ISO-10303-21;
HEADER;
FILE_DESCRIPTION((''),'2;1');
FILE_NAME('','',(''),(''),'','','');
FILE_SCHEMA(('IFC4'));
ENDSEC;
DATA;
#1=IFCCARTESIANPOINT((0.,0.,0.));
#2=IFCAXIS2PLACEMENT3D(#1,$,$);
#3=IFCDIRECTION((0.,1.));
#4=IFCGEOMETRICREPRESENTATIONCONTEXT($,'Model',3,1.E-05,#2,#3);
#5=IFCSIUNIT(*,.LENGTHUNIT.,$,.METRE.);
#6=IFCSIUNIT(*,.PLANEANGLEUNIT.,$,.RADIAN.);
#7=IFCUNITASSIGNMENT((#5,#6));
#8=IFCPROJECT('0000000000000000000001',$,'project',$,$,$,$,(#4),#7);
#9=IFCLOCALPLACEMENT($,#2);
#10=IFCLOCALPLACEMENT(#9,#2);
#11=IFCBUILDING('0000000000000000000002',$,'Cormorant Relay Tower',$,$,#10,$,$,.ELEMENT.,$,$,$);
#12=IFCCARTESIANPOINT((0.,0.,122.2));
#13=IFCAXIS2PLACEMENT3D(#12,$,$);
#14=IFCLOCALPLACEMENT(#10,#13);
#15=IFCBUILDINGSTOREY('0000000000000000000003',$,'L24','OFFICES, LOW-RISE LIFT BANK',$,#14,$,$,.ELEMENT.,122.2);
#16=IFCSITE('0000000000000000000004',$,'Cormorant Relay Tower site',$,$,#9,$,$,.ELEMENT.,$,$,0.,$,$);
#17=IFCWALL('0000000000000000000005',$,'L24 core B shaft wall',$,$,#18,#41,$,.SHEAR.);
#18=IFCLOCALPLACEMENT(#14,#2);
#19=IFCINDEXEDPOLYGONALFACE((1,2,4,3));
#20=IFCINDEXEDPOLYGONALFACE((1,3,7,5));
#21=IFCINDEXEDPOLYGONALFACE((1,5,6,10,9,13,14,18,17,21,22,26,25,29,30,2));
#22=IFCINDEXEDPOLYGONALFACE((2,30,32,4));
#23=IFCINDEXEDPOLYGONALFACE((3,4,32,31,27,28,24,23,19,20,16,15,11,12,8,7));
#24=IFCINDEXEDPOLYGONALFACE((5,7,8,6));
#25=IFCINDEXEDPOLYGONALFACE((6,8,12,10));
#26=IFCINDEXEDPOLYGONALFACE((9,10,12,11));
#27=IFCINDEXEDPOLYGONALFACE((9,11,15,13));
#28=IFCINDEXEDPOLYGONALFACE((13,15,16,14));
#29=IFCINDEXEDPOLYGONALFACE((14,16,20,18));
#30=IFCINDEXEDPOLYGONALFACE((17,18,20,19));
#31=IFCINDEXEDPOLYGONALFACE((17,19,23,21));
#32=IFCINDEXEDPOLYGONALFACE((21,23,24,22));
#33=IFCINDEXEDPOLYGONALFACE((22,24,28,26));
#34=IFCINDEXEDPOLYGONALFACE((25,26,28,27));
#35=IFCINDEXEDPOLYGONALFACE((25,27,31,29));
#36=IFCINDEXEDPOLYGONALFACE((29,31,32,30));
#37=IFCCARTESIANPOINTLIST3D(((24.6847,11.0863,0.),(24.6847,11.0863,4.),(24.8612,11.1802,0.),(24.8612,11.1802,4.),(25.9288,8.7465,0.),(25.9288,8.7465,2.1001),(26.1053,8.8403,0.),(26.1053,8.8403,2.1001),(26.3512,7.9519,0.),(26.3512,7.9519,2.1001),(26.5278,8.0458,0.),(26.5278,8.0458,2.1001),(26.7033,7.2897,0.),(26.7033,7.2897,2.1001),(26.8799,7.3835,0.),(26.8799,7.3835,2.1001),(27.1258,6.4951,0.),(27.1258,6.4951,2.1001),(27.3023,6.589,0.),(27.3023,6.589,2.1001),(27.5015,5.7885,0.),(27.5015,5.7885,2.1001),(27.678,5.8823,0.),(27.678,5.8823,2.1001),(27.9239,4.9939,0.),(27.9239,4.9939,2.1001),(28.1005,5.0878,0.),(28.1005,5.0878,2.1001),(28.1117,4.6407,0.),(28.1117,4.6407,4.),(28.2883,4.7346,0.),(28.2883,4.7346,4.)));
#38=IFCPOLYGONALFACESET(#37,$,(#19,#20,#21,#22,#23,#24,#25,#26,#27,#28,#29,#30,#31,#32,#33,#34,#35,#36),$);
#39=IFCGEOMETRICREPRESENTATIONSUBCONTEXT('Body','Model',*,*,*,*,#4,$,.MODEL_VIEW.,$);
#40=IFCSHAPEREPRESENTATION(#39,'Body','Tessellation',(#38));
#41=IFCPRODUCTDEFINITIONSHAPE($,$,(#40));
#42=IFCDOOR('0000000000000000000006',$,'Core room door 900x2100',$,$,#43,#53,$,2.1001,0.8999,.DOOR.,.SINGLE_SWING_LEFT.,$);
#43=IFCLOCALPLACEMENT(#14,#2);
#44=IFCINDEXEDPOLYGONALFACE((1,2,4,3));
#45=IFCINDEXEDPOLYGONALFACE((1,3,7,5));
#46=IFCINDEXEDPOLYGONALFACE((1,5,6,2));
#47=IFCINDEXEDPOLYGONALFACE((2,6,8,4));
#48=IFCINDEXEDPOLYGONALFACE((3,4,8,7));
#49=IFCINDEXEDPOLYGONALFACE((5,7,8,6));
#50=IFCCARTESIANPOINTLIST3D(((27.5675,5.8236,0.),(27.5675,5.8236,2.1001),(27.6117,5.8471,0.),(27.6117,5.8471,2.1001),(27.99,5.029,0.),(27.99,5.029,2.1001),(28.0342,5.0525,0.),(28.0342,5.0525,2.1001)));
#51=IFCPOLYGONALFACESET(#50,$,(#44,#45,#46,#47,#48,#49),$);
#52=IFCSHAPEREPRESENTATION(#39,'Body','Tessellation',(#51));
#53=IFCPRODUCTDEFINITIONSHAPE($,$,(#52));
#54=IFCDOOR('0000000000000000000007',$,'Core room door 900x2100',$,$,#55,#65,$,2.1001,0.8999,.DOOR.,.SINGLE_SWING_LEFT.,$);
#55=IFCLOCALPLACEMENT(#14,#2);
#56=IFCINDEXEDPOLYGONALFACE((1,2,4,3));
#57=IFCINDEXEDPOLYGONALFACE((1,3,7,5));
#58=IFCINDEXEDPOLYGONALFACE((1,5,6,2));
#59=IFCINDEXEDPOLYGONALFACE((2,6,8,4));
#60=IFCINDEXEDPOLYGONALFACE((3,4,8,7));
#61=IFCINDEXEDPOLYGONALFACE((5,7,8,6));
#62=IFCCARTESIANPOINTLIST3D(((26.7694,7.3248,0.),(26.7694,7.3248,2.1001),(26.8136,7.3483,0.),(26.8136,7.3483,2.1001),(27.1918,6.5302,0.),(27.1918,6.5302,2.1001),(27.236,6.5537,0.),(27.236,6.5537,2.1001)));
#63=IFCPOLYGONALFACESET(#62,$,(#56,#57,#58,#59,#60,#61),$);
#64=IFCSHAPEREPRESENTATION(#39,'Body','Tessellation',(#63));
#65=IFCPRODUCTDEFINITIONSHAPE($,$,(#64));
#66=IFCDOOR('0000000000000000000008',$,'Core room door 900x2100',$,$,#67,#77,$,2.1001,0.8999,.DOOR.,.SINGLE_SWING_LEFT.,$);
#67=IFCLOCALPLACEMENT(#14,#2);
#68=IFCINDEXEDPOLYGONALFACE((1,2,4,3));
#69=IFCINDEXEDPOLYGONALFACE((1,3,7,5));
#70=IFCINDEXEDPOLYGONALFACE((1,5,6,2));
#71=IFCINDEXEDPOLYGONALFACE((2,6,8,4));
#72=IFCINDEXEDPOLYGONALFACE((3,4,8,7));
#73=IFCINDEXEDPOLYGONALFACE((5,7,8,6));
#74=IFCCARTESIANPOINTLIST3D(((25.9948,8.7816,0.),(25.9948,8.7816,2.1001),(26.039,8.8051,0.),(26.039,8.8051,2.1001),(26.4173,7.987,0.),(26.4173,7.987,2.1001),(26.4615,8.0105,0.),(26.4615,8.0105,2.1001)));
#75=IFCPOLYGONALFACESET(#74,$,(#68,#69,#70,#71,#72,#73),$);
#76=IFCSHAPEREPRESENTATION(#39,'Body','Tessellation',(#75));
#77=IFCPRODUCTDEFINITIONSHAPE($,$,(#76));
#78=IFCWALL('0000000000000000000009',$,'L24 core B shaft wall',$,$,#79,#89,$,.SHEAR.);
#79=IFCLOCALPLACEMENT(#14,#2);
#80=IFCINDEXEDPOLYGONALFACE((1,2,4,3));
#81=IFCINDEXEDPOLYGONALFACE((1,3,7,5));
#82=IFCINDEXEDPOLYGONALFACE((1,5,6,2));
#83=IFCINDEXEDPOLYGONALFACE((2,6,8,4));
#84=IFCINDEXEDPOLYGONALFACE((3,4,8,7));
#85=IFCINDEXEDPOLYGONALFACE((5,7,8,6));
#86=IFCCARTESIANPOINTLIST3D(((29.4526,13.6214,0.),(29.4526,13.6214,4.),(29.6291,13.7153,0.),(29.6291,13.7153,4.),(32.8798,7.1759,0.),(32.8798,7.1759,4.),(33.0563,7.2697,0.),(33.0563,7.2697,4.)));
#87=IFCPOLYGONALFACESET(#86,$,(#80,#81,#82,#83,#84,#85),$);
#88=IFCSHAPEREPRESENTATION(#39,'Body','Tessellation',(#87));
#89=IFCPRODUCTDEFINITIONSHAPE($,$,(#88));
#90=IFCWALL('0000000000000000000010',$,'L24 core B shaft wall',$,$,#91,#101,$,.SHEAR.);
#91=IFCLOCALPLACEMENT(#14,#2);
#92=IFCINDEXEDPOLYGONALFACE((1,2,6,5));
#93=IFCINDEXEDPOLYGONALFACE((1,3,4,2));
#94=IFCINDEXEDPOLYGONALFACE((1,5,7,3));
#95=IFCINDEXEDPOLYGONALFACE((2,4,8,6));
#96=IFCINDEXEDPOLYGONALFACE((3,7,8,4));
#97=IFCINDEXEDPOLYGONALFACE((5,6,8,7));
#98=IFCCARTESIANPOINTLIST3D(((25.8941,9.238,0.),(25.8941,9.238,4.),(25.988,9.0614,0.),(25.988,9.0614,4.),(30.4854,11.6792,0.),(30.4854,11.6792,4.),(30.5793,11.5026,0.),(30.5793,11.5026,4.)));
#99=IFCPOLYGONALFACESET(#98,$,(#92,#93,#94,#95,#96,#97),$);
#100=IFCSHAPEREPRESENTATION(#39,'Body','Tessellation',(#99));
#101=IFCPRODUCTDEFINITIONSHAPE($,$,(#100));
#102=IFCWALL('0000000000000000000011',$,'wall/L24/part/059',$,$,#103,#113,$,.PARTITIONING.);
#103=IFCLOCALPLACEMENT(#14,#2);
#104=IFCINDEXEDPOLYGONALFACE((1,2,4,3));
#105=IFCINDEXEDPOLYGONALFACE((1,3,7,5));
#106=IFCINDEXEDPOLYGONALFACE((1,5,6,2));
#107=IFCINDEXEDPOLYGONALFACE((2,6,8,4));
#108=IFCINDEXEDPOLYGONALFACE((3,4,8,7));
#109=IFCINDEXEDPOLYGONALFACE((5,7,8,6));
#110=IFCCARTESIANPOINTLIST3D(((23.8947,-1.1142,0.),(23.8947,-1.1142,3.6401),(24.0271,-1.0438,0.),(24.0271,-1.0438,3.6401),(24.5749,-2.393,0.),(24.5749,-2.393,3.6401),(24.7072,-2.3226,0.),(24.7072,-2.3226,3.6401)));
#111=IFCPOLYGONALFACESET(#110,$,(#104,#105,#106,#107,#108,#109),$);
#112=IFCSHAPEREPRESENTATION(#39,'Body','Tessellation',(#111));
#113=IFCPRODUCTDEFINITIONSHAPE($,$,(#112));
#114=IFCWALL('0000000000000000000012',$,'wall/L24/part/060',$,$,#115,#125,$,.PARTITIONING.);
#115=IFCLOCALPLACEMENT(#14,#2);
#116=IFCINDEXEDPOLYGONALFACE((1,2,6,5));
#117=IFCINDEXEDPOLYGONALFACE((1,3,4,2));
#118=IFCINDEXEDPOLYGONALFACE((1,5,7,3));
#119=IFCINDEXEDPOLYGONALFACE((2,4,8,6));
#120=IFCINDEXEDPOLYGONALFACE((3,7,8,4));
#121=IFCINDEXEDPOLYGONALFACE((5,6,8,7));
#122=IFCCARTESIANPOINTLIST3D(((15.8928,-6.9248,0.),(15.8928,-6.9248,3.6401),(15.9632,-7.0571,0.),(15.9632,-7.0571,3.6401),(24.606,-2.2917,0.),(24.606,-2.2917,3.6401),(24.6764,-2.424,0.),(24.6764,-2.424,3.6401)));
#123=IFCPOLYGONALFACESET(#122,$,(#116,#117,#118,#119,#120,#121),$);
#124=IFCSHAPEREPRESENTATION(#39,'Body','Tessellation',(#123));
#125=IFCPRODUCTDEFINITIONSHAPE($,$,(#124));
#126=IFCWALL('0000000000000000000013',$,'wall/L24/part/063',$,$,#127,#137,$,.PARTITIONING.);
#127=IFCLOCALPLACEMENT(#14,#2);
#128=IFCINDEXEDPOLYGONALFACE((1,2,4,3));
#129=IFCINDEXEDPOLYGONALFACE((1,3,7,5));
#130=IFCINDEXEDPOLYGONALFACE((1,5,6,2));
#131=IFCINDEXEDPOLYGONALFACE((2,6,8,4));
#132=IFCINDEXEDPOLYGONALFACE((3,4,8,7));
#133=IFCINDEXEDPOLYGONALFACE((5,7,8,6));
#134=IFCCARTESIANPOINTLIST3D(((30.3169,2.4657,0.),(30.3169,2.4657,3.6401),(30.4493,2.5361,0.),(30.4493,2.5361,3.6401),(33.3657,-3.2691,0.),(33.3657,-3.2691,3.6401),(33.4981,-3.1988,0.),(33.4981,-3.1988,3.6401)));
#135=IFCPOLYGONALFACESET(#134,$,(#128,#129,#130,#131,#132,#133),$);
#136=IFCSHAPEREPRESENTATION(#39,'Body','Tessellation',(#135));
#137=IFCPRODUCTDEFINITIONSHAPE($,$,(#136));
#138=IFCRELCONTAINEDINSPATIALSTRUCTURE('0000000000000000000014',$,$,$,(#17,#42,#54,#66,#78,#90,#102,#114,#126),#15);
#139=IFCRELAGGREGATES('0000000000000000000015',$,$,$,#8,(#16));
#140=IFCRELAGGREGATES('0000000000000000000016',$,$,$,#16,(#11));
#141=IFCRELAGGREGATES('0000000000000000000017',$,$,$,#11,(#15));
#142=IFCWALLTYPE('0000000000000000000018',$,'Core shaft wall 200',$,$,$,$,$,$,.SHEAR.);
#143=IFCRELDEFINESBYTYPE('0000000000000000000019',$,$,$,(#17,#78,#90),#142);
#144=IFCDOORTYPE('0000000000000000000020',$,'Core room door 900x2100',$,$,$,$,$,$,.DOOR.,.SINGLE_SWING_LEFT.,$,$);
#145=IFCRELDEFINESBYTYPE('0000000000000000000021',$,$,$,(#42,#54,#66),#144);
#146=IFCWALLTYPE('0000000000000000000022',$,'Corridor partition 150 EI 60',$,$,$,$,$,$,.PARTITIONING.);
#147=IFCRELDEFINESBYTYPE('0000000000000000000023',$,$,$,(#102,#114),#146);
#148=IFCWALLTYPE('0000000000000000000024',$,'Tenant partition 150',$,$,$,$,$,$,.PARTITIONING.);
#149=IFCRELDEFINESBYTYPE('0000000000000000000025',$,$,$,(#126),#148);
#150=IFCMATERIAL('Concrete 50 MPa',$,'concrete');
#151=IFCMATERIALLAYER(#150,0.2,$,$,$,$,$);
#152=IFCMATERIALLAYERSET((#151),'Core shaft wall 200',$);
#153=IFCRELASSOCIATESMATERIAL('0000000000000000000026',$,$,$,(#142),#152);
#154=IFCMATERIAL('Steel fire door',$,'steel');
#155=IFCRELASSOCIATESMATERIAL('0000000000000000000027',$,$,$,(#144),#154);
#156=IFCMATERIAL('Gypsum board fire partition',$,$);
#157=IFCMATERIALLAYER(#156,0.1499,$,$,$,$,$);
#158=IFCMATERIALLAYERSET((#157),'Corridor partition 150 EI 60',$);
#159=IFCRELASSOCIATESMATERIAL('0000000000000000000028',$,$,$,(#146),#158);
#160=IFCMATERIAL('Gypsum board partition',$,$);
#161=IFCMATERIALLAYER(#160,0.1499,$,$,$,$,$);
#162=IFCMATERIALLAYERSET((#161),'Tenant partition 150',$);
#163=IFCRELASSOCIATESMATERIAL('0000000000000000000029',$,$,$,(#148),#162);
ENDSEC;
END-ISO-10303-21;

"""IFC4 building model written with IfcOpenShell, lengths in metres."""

from ifc_helpers import new_model, si_unit, direction, frame, frame_2d, origin, place, context, subcontext, project, spatial, rectangle, extrude, material, layer, layer_set, type_object, element, fill, save


model = new_model("IFC4")

# Units and contexts
model_context = context("Model", 3, precision=1e-05, world=origin(), true_north=direction((0.0, 1.0)))
body_context = subcontext(model_context, "Body", "Model", "MODEL_VIEW")
ifc_project = project(units=[si_unit("LENGTHUNIT", "METRE"), si_unit("PLANEANGLEUNIT", "RADIAN")], contexts=[model_context])

# Site, building, storey
site_placement = place(None, origin())
site = spatial("IfcSite", under=ifc_project, at=site_placement, Name="Cormorant Relay Tower site", CompositionType="ELEMENT", RefElevation=0.0)
building_placement = place(site_placement, origin())
building = spatial("IfcBuilding", under=site, at=building_placement, Name="Cormorant Relay Tower", CompositionType="ELEMENT")
storey_placement = place(building_placement, frame((0.0, 0.0, 122.2)))
storey = spatial("IfcBuildingStorey", under=building, at=storey_placement, Name="L24", Description="OFFICES, LOW-RISE LIFT BANK", CompositionType="ELEMENT", Elevation=122.2)

# Shared definitions
ifc_material_1 = material(Name="Concrete 50 MPa", Category="concrete")
ifc_layer_1 = layer(ifc_material_1, 0.2)
ifc_layer_set_1 = layer_set([ifc_layer_1], Name="Core shaft wall 200")
wall_type_1 = type_object("IfcWallType", Name="Core shaft wall 200", PredefinedType="SHEAR", material=ifc_layer_set_1)

# Wall, openings, doors
wall_1_placement = place(storey_placement, frame((28.2, 4.6877, 0.0), z_axis=(0.0, 0.0, 1.0), x_axis=(-0.469454, 0.882957, 0.0)))
wall_1 = element("IfcWall", 1, at=wall_1_placement, inside=storey, type_object=wall_type_1, Name="L24 core B shaft wall", PredefinedType="SHEAR", context=body_context, shape_type="SweptSolid", body=[
    extrude(rectangle(XDim=7.3, YDim=0.2, at=frame_2d((3.6499, 0.0))), origin(), (0.0, 0.0, 1.0), 4.0),
])
opening_1_placement = place(wall_1_placement, frame((0.3999, 0.0, 0.0)))
opening_1 = element("IfcOpeningElement", 2, at=opening_1_placement, cuts=wall_1, PredefinedType="OPENING", context=body_context, shape_type="SweptSolid", body=[
    extrude(rectangle(XDim=0.8999, YDim=2.1001, at=frame_2d((0.45, 1.05))), frame((0.0, 0.1099, 0.0), z_axis=(0.0, -1.0, 0.0), x_axis=(1.0, 0.0, 0.0)), (0.0, 0.0, 1.0), 0.22),
])
opening_2_placement = place(wall_1_placement, frame((2.1001, 0.0, 0.0)))
opening_2 = element("IfcOpeningElement", 3, at=opening_2_placement, cuts=wall_1, PredefinedType="OPENING", context=body_context, shape_type="SweptSolid", body=[
    extrude(rectangle(XDim=0.8999, YDim=2.1001, at=frame_2d((0.45, 1.05))), frame((0.0, 0.1099, 0.0), z_axis=(0.0, -1.0, 0.0), x_axis=(1.0, 0.0, 0.0)), (0.0, 0.0, 1.0), 0.22),
])
opening_3_placement = place(wall_1_placement, frame((3.75, 0.0, 0.0)))
opening_3 = element("IfcOpeningElement", 4, at=opening_3_placement, cuts=wall_1, PredefinedType="OPENING", context=body_context, shape_type="SweptSolid", body=[
    extrude(rectangle(XDim=0.8999, YDim=2.1001, at=frame_2d((0.45, 1.05))), frame((0.0, 0.1099, 0.0), z_axis=(0.0, -1.0, 0.0), x_axis=(1.0, 0.0, 0.0)), (0.0, 0.0, 1.0), 0.22),
])
ifc_material_2 = material(Name="Steel fire door", Category="steel")
door_type_1 = type_object("IfcDoorType", Name="Core room door 900x2100", OperationType="SINGLE_SWING_LEFT", PredefinedType="DOOR", material=ifc_material_2)
door_1_placement = place(opening_1_placement, frame((0.8999, 0.0, 0.0), z_axis=(0.0, 0.0, 1.0), x_axis=(-1.0, 0.0, 0.0)))
door_1 = element("IfcDoor", 5, at=door_1_placement, inside=storey, type_object=door_type_1, Name="Core room door 900x2100", OperationType="SINGLE_SWING_LEFT", OverallHeight=2.1001, OverallWidth=0.8999, PredefinedType="DOOR", context=body_context, shape_type="SweptSolid", body=[
    extrude(rectangle(XDim=0.8999, YDim=2.1001, at=frame_2d((0.45, 1.05))), frame((0.0, 0.0249, 0.0), z_axis=(0.0, -1.0, 0.0), x_axis=(1.0, 0.0, 0.0)), (0.0, 0.0, 1.0), 0.05),
])
fill(opening_1, door_1)
door_2_placement = place(opening_2_placement, frame((0.8999, 0.0, 0.0), z_axis=(0.0, 0.0, 1.0), x_axis=(-1.0, 0.0, 0.0)))
door_2 = element("IfcDoor", 6, at=door_2_placement, inside=storey, type_object=door_type_1, Name="Core room door 900x2100", OperationType="SINGLE_SWING_LEFT", OverallHeight=2.1001, OverallWidth=0.8999, PredefinedType="DOOR", context=body_context, shape_type="SweptSolid", body=[
    extrude(rectangle(XDim=0.8999, YDim=2.1001, at=frame_2d((0.45, 1.05))), frame((0.0, 0.0249, 0.0), z_axis=(0.0, -1.0, 0.0), x_axis=(1.0, 0.0, 0.0)), (0.0, 0.0, 1.0), 0.05),
])
fill(opening_2, door_2)
door_3_placement = place(opening_3_placement, frame((0.8999, 0.0, 0.0), z_axis=(0.0, 0.0, 1.0), x_axis=(-1.0, 0.0, 0.0)))
door_3 = element("IfcDoor", 7, at=door_3_placement, inside=storey, type_object=door_type_1, Name="Core room door 900x2100", OperationType="SINGLE_SWING_LEFT", OverallHeight=2.1001, OverallWidth=0.8999, PredefinedType="DOOR", context=body_context, shape_type="SweptSolid", body=[
    extrude(rectangle(XDim=0.8999, YDim=2.1001, at=frame_2d((0.45, 1.05))), frame((0.0, 0.0249, 0.0), z_axis=(0.0, -1.0, 0.0), x_axis=(1.0, 0.0, 0.0)), (0.0, 0.0, 1.0), 0.05),
])
fill(opening_3, door_3)

# Walls
wall_2_placement = place(storey_placement, frame((32.968, 7.2229, 0.0), z_axis=(0.0, 0.0, 1.0), x_axis=(-0.46948, 0.882943, 0.0)))
element("IfcWall", 8, at=wall_2_placement, inside=storey, type_object=wall_type_1, Name="L24 core B shaft wall", PredefinedType="SHEAR", context=body_context, shape_type="SweptSolid", body=[
    extrude(rectangle(XDim=7.3, YDim=0.2, at=frame_2d((3.6499, 0.0))), origin(), (0.0, 0.0, 1.0), 4.0),
])
wall_3_placement = place(storey_placement, frame((25.9409, 9.1497, 0.0), z_axis=(0.0, 0.0, 1.0), x_axis=(0.882954, 0.46946, 0.0)))
element("IfcWall", 9, at=wall_3_placement, inside=storey, type_object=wall_type_1, Name="L24 core B shaft wall", PredefinedType="SHEAR", context=body_context, shape_type="SweptSolid", body=[
    extrude(rectangle(XDim=5.2, YDim=0.2, at=frame_2d((2.6001, 0.0))), origin(), (0.0, 0.0, 1.0), 4.0),
])
ifc_material_3 = material(Name="Gypsum board fire partition")
ifc_layer_2 = layer(ifc_material_3, 0.1499)
ifc_layer_set_2 = layer_set([ifc_layer_2], Name="Corridor partition 150 EI 60")
wall_type_2 = type_object("IfcWallType", Name="Corridor partition 150 EI 60", PredefinedType="PARTITIONING", material=ifc_layer_set_2)
wall_4_placement = place(storey_placement, frame((23.9609, -1.0791, 0.0), z_axis=(0.0, 0.0, 1.0), x_axis=(0.469591, -0.882884, 0.0)))
element("IfcWall", 10, at=wall_4_placement, inside=storey, type_object=wall_type_2, Name="wall/L24/part/059", PredefinedType="PARTITIONING", context=body_context, shape_type="SweptSolid", body=[
    extrude(rectangle(XDim=1.4485, YDim=0.1499, at=frame_2d((0.7241, 0.0))), origin(), (0.0, 0.0, 1.0), 3.6401),
])
wall_5_placement = place(storey_placement, frame((24.6411, -2.3579, 0.0), z_axis=(0.0, 0.0, 1.0), x_axis=(-0.882939, -0.469487, 0.0)))
element("IfcWall", 11, at=wall_5_placement, inside=storey, type_object=wall_type_2, Name="wall/L24/part/060", PredefinedType="PARTITIONING", context=body_context, shape_type="SweptSolid", body=[
    extrude(rectangle(XDim=9.8684, YDim=0.1499, at=frame_2d((4.9341, 0.0))), origin(), (0.0, 0.0, 1.0), 3.6401),
])
ifc_material_4 = material(Name="Gypsum board partition")
ifc_layer_3 = layer(ifc_material_4, 0.1499)
ifc_layer_set_3 = layer_set([ifc_layer_3], Name="Tenant partition 150")
wall_type_3 = type_object("IfcWallType", Name="Tenant partition 150", PredefinedType="PARTITIONING", material=ifc_layer_set_3)
wall_6_placement = place(storey_placement, frame((30.3831, 2.501, 0.0), z_axis=(0.0, 0.0, 1.0), x_axis=(0.469417, -0.882976, 0.0)))
element("IfcWall", 12, at=wall_6_placement, inside=storey, type_object=wall_type_3, Name="wall/L24/part/063", PredefinedType="PARTITIONING", context=body_context, shape_type="SweptSolid", body=[
    extrude(rectangle(XDim=6.4949, YDim=0.1499, at=frame_2d((3.2476, 0.0))), origin(), (0.0, 0.0, 1.0), 3.6401),
])

save(model, "model.ifc")
